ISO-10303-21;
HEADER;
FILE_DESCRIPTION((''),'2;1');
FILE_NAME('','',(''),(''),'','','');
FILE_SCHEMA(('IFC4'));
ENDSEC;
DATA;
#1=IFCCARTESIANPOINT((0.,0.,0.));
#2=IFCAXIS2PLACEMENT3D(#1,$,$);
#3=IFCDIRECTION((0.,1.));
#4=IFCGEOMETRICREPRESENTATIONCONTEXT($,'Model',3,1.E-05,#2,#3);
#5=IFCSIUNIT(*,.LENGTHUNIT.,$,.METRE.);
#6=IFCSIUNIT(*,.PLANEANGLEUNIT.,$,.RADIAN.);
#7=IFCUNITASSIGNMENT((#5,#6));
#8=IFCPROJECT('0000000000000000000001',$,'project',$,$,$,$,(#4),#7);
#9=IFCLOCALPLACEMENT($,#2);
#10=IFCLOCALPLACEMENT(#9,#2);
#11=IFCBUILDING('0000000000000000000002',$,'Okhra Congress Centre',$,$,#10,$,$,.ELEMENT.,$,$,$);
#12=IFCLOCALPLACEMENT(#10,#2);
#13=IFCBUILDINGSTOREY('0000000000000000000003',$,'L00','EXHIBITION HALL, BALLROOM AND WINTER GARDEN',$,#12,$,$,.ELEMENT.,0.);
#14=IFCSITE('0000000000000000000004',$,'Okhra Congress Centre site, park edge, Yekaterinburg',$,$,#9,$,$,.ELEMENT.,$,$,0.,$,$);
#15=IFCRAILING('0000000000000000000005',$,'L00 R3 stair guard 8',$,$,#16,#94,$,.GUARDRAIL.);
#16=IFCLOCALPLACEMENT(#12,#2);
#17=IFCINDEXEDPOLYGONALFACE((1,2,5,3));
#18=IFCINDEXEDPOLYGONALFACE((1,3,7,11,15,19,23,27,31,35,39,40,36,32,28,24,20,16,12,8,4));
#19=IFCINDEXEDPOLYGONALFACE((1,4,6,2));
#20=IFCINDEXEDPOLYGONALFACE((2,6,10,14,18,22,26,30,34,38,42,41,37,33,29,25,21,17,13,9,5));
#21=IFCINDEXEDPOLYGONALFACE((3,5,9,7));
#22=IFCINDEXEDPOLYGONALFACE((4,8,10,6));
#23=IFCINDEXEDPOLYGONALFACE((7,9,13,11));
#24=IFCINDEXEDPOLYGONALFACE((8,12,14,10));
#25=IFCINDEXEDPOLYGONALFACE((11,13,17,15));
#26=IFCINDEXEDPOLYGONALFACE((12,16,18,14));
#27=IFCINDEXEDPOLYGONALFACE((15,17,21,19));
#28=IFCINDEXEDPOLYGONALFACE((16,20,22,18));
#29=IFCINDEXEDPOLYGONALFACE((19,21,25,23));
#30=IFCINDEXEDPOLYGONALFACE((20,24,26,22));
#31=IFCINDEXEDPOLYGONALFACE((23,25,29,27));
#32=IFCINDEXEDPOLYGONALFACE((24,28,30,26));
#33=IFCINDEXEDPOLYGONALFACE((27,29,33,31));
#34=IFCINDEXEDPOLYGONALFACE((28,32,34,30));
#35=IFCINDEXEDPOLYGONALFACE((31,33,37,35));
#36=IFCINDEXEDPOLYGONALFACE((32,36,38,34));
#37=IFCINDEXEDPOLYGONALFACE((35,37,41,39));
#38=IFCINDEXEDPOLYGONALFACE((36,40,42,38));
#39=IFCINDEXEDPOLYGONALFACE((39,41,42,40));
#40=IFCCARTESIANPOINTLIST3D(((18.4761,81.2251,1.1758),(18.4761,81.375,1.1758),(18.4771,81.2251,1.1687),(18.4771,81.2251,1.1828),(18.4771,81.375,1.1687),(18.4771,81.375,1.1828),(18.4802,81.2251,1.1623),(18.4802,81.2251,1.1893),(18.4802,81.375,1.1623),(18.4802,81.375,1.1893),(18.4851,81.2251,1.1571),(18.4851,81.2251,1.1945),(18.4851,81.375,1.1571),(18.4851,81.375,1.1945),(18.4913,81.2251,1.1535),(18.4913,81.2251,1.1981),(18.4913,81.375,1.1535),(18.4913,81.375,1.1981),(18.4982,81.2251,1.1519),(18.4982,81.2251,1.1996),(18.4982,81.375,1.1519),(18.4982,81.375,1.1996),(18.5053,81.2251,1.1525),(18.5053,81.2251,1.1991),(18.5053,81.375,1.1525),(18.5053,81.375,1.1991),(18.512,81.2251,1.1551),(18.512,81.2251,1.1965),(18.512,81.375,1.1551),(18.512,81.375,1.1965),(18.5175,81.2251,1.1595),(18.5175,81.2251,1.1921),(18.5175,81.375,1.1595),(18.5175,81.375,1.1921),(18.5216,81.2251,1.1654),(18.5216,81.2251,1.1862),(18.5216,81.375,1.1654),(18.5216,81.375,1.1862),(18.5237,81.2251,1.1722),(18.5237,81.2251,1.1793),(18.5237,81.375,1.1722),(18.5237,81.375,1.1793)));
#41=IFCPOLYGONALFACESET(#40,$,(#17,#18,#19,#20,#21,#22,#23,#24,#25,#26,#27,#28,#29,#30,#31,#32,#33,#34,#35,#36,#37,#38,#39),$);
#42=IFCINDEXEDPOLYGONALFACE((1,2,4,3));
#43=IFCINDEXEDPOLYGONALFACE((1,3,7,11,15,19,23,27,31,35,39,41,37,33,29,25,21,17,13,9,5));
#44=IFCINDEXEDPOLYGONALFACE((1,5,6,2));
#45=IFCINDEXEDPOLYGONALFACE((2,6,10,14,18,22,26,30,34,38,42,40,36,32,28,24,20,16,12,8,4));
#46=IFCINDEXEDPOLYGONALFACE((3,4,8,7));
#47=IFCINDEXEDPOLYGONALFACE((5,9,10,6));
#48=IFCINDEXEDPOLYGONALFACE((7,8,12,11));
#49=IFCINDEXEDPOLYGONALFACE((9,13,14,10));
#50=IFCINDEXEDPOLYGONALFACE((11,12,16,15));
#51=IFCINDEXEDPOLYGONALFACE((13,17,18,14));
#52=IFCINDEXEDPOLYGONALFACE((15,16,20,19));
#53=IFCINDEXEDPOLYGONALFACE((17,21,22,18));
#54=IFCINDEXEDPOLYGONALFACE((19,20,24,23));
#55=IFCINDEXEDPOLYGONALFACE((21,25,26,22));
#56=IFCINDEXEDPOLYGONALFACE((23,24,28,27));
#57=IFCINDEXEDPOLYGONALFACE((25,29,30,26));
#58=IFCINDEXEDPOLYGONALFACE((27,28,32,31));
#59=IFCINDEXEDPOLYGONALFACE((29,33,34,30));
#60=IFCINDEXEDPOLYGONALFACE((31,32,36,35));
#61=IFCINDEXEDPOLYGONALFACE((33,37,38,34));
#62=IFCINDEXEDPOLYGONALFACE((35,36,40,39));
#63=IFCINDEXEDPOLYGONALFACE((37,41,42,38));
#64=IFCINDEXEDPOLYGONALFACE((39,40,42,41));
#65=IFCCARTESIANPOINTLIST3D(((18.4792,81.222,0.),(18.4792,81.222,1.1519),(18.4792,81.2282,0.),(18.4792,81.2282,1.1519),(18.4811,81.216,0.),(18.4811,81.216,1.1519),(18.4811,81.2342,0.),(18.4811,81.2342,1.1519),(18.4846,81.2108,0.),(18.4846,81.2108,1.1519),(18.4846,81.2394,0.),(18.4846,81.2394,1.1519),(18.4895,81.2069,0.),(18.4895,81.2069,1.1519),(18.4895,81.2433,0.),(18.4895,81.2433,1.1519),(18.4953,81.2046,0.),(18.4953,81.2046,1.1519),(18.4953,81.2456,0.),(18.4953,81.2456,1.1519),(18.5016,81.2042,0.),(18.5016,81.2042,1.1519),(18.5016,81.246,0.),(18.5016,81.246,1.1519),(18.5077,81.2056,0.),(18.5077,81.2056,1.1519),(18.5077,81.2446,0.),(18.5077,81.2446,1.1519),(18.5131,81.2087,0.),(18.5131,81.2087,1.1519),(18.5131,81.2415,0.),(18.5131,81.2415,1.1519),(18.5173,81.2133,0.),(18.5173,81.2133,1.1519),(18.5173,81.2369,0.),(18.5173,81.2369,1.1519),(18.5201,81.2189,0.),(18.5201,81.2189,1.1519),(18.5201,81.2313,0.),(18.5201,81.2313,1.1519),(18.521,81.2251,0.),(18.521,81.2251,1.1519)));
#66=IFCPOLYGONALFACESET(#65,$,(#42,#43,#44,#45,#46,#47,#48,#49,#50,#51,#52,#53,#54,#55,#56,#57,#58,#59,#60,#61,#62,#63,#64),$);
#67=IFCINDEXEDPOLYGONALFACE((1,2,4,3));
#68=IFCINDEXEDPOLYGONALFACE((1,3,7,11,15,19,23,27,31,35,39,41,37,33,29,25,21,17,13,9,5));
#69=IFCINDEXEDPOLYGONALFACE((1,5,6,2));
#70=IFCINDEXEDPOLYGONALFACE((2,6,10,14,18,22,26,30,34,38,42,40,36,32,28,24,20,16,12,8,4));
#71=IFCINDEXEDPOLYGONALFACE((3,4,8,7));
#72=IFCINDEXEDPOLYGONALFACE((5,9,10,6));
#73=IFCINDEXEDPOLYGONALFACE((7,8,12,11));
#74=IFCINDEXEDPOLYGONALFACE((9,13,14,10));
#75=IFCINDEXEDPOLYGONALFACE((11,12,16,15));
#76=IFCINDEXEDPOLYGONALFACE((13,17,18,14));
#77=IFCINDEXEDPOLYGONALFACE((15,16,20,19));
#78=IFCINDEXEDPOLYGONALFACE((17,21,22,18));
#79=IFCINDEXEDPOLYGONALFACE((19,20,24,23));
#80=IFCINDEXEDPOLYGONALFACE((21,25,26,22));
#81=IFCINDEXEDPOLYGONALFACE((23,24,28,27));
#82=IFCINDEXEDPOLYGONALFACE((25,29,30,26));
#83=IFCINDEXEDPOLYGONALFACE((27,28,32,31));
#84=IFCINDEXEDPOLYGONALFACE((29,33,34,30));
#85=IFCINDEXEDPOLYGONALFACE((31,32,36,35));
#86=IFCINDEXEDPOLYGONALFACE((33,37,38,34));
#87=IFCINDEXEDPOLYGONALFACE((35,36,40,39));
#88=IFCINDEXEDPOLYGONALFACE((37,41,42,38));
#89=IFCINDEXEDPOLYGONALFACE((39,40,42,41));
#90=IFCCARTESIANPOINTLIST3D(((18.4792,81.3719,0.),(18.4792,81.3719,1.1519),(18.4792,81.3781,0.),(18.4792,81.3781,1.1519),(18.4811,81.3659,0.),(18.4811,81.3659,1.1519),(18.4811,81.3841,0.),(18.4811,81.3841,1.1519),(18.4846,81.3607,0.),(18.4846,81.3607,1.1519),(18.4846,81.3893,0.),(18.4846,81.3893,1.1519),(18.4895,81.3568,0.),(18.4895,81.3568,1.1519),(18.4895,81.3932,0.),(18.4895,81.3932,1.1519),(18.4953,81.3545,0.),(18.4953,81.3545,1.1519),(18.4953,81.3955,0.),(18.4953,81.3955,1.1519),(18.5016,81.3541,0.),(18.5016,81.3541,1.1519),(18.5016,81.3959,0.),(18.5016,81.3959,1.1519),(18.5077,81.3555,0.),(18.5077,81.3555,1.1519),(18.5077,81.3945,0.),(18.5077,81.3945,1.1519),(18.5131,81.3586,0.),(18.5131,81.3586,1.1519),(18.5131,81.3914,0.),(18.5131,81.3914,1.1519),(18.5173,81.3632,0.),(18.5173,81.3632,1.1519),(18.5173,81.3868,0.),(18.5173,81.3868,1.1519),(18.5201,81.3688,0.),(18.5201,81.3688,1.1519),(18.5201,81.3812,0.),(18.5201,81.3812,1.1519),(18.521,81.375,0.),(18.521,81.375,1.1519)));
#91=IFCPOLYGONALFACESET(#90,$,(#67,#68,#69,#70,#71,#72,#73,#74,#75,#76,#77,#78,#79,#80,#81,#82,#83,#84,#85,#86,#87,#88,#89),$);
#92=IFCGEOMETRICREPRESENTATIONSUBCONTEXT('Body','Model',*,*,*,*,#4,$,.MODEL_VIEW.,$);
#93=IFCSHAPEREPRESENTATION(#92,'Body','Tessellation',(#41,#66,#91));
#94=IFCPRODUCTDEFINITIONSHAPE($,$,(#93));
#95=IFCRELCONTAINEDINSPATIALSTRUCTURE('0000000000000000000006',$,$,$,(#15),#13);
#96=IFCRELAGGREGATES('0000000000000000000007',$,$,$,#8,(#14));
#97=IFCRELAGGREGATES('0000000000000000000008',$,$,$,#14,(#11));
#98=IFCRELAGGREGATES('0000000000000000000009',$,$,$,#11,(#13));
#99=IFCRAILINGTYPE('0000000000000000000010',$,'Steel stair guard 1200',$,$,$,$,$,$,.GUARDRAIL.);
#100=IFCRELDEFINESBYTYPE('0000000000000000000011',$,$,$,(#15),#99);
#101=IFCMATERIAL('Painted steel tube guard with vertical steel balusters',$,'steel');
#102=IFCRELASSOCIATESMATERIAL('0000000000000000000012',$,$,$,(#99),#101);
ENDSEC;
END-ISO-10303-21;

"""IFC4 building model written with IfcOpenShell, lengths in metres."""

from ifc_helpers import new_model, si_unit, direction, frame, origin, origin_2d, place, context, subcontext, project, spatial, circle, extrude, material, type_object, element, save


model = new_model("IFC4")

# Units and contexts
model_context = context("Model", 3, precision=1e-05, world=origin(), true_north=direction((0.0, 1.0)))
body_context = subcontext(model_context, "Body", "Model", "MODEL_VIEW")
ifc_project = project(units=[si_unit("LENGTHUNIT", "METRE"), si_unit("PLANEANGLEUNIT", "RADIAN")], contexts=[model_context])

# Site, building, storey
site_placement = place(None, origin())
site = spatial("IfcSite", under=ifc_project, at=site_placement, Name="Okhra Congress Centre site, park edge, Yekaterinburg", CompositionType="ELEMENT", RefElevation=0.0)
building_placement = place(site_placement, origin())
building = spatial("IfcBuilding", under=site, at=building_placement, Name="Okhra Congress Centre", CompositionType="ELEMENT")
storey_placement = place(building_placement, origin())
storey = spatial("IfcBuildingStorey", under=building, at=storey_placement, Name="L00", Description="EXHIBITION HALL, BALLROOM AND WINTER GARDEN", CompositionType="ELEMENT", Elevation=0.0)

# Railing
ifc_material_1 = material(Name="Painted steel tube guard with vertical steel balusters", Category="steel")
railing_type_1 = type_object("IfcRailingType", Name="Steel stair guard 1200", PredefinedType="GUARDRAIL", material=ifc_material_1)
railing_1_placement = place(storey_placement, frame((18.5, 81.2251, 0.0)))
element("IfcRailing", 1, at=railing_1_placement, inside=storey, type_object=railing_type_1, Name="L00 R3 stair guard 8", PredefinedType="GUARDRAIL", context=body_context, shape_type="SweptSolid", body=[
    extrude(circle(Radius=0.0239, at=origin_2d()), frame((0.0, 0.0, 1.1758), z_axis=(0.0, 1.0, 0.0), x_axis=(-1.0, 0.0, 0.0)), (0.0, 0.0, 1.0), 0.1499),
    extrude(circle(Radius=0.021, at=origin_2d()), origin(), (0.0, 0.0, 1.0), 1.1519),
    extrude(circle(Radius=0.021, at=origin_2d()), frame((0.0, 0.1499, 0.0)), (0.0, 0.0, 1.0), 1.1519),
])

save(model, "model.ifc")
